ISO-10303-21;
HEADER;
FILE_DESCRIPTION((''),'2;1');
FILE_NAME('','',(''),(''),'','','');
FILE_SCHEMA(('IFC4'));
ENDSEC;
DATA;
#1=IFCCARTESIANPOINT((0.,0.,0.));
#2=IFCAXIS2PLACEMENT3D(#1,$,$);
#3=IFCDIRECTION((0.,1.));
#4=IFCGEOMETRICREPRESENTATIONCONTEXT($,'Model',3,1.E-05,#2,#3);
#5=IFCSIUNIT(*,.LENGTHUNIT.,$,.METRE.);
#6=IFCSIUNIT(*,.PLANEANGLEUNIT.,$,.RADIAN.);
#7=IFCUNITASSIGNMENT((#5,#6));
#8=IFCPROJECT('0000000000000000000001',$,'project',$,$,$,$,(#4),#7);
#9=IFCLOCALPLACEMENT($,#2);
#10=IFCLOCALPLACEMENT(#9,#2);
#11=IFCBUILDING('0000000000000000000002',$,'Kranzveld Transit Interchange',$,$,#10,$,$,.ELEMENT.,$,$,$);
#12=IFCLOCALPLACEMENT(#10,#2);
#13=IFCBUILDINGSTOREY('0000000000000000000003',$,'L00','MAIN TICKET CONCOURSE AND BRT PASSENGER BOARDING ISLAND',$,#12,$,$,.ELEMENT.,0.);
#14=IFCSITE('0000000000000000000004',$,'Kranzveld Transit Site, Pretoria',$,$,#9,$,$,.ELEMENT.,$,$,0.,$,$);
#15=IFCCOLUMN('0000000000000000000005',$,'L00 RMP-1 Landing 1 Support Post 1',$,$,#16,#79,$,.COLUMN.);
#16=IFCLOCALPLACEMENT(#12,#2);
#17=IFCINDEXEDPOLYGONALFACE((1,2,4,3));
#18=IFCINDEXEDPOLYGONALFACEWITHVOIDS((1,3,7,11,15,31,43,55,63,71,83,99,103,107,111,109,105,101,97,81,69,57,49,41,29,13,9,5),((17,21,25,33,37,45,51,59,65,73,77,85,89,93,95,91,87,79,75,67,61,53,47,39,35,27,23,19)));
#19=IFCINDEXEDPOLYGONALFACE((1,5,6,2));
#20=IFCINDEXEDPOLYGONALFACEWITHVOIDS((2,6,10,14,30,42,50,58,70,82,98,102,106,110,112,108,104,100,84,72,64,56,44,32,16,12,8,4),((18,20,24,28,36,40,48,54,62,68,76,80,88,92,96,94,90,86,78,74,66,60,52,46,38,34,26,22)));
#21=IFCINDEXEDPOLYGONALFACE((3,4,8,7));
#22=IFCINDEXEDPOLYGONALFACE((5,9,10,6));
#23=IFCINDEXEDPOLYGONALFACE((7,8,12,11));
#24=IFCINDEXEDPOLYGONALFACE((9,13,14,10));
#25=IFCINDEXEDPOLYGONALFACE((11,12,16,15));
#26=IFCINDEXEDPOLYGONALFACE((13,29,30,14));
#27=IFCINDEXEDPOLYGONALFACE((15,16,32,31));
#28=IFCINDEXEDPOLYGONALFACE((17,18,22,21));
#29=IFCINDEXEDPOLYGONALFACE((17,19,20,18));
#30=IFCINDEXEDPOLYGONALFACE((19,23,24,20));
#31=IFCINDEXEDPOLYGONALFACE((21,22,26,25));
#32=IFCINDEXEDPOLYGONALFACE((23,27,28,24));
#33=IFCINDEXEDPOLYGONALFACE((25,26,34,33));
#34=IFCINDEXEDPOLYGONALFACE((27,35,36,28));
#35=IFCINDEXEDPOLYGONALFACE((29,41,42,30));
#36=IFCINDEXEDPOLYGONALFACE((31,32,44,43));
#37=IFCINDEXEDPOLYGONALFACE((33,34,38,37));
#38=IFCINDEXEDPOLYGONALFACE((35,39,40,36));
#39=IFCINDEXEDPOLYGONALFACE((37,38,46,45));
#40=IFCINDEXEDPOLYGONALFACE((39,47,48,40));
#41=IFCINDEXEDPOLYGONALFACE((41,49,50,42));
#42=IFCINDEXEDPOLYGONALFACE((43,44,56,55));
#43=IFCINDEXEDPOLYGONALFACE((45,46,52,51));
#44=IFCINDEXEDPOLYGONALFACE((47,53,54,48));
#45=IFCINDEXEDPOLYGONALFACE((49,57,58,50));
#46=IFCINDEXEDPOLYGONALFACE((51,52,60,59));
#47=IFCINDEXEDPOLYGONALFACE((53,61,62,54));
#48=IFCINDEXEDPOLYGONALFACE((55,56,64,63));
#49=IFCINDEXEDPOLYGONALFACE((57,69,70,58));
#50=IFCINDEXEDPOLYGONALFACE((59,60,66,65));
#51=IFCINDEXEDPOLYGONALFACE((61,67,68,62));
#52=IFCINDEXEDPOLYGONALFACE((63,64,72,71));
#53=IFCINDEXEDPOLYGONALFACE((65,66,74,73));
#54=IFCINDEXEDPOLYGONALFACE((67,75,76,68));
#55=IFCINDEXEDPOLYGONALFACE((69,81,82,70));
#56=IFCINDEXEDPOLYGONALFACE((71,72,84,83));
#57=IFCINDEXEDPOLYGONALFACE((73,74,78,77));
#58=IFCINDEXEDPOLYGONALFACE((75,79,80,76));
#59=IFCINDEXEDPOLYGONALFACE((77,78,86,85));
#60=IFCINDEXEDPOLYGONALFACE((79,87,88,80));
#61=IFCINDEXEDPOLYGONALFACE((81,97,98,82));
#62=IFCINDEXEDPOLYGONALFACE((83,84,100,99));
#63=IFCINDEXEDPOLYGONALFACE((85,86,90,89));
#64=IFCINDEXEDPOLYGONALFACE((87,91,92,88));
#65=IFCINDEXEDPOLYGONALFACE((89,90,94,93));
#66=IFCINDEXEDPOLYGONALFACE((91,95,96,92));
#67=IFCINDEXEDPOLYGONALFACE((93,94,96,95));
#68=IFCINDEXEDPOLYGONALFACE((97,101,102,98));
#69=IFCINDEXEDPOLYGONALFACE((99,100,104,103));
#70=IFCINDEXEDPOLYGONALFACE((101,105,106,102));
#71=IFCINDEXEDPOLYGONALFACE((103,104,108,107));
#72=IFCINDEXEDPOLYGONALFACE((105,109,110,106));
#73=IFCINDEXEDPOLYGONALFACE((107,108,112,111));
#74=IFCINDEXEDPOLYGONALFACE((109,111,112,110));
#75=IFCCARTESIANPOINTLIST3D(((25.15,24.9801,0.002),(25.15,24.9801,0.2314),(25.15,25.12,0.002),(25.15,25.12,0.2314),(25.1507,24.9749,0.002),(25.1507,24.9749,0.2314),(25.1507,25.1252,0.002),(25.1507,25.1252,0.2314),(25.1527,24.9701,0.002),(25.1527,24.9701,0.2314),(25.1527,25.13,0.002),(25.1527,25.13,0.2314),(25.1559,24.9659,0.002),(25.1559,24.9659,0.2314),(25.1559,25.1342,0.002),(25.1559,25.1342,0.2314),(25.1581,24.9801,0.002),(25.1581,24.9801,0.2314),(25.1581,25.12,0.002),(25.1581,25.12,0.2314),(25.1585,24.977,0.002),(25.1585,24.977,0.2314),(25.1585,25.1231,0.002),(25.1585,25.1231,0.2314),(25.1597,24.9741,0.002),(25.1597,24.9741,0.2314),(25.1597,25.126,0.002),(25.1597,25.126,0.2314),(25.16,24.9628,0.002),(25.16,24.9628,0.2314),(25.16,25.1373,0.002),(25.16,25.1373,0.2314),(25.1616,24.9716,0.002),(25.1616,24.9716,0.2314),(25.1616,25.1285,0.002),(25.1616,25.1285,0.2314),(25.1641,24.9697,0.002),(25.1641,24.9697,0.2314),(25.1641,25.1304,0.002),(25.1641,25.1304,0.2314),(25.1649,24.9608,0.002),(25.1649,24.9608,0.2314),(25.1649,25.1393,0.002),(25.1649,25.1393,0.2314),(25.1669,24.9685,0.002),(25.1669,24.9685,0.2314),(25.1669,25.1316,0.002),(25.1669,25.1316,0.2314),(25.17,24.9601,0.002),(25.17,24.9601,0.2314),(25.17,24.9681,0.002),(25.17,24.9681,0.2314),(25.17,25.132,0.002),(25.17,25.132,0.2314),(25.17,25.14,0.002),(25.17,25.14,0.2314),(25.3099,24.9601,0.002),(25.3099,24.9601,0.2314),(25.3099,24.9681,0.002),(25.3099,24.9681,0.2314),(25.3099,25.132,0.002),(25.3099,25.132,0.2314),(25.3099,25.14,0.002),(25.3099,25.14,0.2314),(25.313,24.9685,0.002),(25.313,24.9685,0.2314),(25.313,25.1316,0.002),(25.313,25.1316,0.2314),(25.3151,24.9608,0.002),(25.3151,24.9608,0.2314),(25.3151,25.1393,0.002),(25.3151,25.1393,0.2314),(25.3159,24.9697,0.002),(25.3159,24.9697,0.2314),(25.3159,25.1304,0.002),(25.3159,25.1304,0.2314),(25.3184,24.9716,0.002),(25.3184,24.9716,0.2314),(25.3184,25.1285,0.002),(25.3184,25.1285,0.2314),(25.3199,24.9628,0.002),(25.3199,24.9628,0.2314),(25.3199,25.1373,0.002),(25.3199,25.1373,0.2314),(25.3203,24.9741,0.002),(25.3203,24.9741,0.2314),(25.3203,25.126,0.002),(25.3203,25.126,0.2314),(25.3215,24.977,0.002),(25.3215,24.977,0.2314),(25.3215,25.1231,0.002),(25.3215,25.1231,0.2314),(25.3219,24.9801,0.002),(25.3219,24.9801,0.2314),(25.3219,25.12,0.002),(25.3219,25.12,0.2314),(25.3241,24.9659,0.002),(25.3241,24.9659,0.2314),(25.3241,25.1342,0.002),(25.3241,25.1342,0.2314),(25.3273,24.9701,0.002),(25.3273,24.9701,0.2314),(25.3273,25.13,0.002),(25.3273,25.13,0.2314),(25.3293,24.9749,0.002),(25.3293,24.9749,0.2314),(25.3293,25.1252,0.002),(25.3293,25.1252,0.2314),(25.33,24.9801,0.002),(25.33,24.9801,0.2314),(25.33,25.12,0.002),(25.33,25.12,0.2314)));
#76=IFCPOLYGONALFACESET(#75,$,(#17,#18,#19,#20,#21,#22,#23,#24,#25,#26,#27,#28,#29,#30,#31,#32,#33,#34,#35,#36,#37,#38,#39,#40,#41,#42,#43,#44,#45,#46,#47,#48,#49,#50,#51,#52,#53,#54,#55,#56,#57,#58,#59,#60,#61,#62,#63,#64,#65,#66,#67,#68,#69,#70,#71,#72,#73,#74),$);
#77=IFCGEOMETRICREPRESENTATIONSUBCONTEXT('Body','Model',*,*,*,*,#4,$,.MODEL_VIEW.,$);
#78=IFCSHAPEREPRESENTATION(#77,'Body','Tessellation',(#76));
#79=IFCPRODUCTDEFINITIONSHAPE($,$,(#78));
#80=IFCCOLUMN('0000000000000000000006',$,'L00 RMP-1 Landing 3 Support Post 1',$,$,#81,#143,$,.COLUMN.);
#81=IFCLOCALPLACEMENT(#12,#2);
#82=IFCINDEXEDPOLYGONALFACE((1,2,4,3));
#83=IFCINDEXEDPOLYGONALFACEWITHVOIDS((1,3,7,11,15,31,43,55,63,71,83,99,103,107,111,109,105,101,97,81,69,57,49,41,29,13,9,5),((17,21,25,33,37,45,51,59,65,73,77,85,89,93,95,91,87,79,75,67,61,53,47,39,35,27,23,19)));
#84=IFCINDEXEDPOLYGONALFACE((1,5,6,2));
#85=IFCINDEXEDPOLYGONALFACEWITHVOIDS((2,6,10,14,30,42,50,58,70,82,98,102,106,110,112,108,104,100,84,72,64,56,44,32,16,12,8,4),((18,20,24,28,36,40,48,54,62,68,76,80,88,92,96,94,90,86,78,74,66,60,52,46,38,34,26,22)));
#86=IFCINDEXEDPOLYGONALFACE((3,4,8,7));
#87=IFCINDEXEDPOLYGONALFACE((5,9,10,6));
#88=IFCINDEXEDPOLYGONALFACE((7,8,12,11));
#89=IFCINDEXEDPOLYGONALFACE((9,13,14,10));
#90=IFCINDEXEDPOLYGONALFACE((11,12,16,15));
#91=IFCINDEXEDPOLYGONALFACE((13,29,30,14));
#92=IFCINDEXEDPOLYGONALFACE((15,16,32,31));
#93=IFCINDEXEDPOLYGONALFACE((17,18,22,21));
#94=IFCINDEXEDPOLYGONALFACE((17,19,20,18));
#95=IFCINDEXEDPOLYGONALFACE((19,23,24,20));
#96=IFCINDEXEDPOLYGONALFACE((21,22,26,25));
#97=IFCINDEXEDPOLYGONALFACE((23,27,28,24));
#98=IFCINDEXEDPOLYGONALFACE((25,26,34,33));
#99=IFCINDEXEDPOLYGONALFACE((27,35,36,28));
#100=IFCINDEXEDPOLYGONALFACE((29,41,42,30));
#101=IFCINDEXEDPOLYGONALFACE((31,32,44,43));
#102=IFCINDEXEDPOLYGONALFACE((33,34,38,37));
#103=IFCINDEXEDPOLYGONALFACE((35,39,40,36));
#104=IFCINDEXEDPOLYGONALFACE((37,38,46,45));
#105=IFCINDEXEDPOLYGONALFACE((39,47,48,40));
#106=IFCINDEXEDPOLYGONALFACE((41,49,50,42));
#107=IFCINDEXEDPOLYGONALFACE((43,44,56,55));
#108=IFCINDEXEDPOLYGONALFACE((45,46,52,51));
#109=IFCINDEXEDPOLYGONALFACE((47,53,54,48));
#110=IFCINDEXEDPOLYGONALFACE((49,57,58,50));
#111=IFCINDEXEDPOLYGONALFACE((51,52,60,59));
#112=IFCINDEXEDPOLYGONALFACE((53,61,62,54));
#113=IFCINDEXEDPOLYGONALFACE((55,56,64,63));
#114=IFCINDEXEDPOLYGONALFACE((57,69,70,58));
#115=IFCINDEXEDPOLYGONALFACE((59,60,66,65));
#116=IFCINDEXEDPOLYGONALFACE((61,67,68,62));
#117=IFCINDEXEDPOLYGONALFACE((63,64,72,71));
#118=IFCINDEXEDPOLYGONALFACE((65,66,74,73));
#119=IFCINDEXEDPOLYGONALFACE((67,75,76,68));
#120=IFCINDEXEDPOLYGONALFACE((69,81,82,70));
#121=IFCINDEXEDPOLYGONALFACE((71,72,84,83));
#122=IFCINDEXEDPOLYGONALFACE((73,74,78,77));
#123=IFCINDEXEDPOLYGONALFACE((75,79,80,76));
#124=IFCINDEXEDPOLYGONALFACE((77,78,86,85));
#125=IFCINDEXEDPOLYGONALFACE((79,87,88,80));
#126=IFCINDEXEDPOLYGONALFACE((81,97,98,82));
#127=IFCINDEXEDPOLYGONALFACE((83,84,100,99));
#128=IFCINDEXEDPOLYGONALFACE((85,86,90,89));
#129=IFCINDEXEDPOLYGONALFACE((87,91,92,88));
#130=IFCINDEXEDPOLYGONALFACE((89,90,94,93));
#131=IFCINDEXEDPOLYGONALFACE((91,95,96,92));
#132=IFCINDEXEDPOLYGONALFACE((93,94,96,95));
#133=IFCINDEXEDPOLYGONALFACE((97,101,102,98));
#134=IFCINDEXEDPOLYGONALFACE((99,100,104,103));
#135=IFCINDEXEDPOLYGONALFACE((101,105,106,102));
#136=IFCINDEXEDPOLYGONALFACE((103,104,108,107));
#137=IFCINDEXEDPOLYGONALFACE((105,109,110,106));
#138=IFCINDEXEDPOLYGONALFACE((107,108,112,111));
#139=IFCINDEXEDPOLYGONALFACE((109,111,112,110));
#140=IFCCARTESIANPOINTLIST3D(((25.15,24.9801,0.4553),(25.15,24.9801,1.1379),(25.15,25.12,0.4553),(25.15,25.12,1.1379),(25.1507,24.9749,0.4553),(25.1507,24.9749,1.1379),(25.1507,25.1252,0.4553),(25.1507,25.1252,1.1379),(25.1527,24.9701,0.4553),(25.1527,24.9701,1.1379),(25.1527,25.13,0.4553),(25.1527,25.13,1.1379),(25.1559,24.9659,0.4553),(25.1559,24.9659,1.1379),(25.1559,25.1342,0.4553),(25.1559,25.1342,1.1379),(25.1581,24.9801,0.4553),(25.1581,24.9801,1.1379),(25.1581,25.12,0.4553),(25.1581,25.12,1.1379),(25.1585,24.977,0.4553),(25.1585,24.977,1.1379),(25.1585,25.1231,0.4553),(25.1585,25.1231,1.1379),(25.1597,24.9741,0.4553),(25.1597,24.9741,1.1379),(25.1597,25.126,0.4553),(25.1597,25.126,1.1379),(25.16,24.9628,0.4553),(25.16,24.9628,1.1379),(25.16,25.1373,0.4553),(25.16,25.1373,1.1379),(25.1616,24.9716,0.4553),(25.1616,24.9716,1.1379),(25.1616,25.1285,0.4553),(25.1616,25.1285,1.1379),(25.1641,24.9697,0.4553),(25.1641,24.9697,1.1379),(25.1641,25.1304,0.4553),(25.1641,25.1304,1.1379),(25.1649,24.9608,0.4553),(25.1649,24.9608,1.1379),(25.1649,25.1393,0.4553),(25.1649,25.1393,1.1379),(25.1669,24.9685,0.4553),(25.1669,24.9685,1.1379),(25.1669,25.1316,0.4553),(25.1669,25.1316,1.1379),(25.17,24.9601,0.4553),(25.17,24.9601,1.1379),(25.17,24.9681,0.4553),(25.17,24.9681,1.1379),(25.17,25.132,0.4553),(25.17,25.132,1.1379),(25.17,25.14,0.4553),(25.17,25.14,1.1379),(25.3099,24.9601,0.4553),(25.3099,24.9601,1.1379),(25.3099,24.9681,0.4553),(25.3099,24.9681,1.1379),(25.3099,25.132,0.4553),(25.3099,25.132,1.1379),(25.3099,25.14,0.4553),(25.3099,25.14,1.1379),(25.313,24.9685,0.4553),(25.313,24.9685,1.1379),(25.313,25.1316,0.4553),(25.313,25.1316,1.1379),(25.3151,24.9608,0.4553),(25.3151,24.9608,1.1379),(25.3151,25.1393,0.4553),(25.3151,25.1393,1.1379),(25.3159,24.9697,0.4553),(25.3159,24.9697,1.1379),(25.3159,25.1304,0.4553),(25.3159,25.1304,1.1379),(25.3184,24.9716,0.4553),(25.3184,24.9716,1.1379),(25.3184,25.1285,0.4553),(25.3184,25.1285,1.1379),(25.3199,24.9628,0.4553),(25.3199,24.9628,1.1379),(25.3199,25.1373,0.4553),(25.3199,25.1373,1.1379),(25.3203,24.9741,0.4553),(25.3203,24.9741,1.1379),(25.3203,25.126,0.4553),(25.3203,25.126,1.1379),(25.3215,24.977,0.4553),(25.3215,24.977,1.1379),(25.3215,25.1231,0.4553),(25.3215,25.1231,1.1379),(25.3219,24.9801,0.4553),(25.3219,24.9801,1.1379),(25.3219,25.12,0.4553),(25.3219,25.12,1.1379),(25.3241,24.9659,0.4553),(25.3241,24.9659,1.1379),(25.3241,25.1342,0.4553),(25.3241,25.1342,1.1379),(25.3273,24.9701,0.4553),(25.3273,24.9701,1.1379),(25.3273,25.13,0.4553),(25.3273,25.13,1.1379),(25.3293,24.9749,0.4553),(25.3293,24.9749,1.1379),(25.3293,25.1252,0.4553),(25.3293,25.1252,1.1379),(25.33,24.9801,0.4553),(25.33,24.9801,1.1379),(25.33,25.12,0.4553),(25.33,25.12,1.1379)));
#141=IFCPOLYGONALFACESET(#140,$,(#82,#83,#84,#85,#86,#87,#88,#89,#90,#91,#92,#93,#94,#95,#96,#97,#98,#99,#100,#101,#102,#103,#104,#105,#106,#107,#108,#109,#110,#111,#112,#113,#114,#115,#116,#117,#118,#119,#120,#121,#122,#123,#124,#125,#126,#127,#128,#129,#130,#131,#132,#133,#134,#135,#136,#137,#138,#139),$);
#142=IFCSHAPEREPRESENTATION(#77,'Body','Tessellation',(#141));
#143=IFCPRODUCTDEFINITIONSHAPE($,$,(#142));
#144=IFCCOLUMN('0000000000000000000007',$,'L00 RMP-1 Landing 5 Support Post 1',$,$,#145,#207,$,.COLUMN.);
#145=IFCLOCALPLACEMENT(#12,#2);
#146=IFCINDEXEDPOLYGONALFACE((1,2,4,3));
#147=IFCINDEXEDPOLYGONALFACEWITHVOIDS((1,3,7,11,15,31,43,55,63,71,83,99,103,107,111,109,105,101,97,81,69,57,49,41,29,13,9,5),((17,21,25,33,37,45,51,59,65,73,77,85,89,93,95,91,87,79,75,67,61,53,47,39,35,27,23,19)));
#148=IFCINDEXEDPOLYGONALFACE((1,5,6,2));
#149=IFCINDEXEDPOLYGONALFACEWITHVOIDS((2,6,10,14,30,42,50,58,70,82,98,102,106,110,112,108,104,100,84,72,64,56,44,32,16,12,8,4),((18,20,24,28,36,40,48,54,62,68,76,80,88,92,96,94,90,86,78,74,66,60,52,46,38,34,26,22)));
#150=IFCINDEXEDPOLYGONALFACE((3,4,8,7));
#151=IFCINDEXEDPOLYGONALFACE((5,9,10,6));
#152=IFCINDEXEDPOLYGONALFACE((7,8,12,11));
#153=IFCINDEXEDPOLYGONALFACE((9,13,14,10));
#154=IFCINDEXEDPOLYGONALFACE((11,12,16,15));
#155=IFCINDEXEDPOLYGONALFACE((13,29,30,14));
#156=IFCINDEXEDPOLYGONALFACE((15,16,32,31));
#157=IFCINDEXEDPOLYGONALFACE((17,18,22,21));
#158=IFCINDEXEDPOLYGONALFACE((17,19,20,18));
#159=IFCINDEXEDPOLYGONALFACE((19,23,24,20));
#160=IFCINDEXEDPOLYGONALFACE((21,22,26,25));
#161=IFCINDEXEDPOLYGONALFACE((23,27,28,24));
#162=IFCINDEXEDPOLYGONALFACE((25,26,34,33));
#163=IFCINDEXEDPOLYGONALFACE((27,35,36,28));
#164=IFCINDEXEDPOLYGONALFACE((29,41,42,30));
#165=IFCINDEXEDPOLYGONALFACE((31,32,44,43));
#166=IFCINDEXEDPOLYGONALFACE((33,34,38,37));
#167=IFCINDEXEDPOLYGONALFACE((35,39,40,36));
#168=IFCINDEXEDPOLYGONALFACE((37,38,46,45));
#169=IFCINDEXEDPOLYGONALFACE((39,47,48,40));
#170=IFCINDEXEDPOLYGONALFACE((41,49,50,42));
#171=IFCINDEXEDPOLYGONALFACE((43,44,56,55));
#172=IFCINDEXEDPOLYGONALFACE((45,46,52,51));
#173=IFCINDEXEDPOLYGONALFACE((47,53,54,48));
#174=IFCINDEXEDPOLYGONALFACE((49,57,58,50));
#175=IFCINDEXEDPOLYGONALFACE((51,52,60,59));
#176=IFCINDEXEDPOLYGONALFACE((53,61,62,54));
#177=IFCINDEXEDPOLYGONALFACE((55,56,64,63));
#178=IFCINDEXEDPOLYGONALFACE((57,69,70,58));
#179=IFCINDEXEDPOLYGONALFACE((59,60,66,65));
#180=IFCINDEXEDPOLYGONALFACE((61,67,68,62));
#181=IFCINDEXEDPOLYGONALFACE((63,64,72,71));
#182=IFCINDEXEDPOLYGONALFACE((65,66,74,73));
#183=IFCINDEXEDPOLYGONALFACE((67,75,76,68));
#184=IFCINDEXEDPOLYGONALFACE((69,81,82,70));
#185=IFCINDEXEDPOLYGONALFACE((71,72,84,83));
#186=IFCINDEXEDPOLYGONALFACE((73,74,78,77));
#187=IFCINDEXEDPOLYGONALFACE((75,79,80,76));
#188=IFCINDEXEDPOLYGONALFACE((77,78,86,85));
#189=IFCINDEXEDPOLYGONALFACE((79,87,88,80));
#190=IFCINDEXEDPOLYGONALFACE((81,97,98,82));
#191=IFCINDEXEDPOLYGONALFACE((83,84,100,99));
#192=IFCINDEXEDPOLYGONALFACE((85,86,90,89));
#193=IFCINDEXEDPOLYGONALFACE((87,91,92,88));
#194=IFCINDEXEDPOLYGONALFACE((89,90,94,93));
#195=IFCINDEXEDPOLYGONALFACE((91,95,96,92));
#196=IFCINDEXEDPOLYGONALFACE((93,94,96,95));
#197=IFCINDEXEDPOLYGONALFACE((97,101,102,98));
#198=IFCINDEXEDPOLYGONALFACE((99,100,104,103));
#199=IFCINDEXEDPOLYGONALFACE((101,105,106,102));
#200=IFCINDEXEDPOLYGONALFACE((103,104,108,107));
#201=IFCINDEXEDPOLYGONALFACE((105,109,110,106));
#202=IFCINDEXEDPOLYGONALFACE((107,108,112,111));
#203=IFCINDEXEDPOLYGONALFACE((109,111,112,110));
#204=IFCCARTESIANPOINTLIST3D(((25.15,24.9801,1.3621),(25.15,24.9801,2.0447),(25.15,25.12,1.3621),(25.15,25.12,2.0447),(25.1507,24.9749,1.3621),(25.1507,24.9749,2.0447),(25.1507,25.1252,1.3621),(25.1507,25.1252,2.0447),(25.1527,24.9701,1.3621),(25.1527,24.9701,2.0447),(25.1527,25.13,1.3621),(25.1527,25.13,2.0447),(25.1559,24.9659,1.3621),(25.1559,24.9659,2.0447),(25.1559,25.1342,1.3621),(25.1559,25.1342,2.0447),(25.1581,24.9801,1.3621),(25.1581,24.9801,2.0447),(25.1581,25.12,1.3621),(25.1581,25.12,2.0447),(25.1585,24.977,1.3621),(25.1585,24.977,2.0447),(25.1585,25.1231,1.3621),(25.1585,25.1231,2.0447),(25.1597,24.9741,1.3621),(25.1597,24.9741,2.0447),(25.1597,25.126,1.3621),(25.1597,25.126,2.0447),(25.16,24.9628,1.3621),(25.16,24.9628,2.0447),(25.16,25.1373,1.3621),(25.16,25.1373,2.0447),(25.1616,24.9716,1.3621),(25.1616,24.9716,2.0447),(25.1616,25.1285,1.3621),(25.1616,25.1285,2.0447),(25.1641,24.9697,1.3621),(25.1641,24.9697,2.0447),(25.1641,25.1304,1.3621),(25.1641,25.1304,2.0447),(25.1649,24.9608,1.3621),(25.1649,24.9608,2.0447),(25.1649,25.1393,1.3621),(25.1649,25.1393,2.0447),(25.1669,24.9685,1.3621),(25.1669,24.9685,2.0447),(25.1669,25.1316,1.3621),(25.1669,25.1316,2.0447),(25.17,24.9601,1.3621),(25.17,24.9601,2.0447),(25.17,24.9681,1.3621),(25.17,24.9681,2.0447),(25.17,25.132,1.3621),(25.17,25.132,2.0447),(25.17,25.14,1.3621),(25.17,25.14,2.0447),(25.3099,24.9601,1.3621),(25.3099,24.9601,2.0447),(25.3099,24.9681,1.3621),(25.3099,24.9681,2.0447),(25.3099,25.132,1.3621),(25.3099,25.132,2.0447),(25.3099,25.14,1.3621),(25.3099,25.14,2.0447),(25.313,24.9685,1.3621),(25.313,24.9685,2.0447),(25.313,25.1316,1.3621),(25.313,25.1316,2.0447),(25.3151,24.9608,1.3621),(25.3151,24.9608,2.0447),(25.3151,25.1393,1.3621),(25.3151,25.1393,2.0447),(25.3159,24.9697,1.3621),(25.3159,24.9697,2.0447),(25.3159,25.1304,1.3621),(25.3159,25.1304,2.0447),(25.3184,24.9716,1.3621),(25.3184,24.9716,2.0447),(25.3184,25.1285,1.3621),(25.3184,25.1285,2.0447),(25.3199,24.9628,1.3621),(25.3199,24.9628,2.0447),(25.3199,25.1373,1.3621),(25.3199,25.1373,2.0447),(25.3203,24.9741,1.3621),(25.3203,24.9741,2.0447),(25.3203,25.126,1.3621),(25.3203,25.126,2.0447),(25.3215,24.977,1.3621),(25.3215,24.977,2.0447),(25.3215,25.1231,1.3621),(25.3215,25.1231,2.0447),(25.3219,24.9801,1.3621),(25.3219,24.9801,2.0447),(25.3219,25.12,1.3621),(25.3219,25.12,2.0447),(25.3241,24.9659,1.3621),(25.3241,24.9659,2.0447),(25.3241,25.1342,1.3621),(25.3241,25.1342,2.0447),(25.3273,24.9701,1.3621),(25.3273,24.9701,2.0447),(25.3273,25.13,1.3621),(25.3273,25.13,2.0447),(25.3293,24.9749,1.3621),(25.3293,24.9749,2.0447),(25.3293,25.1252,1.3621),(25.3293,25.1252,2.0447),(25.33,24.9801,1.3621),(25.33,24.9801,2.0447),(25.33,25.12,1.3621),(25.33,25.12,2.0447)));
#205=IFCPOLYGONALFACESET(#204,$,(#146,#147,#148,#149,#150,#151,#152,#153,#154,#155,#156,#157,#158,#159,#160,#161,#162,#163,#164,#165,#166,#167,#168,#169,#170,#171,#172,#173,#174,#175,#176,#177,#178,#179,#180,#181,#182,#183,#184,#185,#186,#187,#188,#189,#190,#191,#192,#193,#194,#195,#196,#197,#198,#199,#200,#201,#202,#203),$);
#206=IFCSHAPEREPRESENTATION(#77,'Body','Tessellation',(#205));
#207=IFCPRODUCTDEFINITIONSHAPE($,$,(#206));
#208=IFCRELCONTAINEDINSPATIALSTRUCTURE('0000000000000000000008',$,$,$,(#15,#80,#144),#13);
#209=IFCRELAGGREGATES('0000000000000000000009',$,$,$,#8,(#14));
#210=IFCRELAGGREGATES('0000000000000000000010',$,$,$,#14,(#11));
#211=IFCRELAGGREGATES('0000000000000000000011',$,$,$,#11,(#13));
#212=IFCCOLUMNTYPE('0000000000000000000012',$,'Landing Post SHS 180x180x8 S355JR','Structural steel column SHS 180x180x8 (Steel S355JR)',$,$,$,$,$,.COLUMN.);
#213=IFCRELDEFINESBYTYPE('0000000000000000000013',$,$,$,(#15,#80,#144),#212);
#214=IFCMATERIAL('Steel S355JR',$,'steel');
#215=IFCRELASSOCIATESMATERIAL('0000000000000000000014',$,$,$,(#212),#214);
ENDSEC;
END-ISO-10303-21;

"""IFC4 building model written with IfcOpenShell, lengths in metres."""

from ifc_helpers import new_model, si_unit, direction, frame, origin, origin_2d, place, context, subcontext, project, spatial, hollow_rectangle, extrude, material, material_profile, profile_set, type_object, element, save


model = new_model("IFC4")

# Units and contexts
model_context = context("Model", 3, precision=1e-05, world=origin(), true_north=direction((0.0, 1.0)))
body_context = subcontext(model_context, "Body", "Model", "MODEL_VIEW")
ifc_project = project(units=[si_unit("LENGTHUNIT", "METRE"), si_unit("PLANEANGLEUNIT", "RADIAN")], contexts=[model_context])

# Site, building, storey
site_placement = place(None, origin())
site = spatial("IfcSite", under=ifc_project, at=site_placement, Name="Kranzveld Transit Site, Pretoria", CompositionType="ELEMENT", RefElevation=0.0)
building_placement = place(site_placement, origin())
building = spatial("IfcBuilding", under=site, at=building_placement, Name="Kranzveld Transit Interchange", CompositionType="ELEMENT")
storey_placement = place(building_placement, origin())
storey = spatial("IfcBuildingStorey", under=building, at=storey_placement, Name="L00", Description="MAIN TICKET CONCOURSE AND BRT PASSENGER BOARDING ISLAND", CompositionType="ELEMENT", Elevation=0.0)

# Columns
ifc_material_1 = material(Name="Steel S355JR", Category="steel")
ifc_material_profile = material_profile(ifc_material_1, hollow_rectangle(XDim=0.1799, YDim=0.1799, WallThickness=0.0081, InnerFilletRadius=0.012, OuterFilletRadius=0.02, at=origin_2d()), Name="SHS 180x180x8")
ifc_profile_set = profile_set([ifc_material_profile], Name="Steel S355JR")
column_type = type_object("IfcColumnType", Name="Landing Post SHS 180x180x8 S355JR", Description="Structural steel column SHS 180x180x8 (Steel S355JR)", PredefinedType="COLUMN", material=ifc_profile_set)
column_1_placement = place(storey_placement, frame((25.24, 25.05, 0.002), z_axis=(0.0, 0.0, 1.0), x_axis=(1.0, 0.0, 0.0)))
element("IfcColumn", 1, at=column_1_placement, inside=storey, type_object=column_type, Name="L00 RMP-1 Landing 1 Support Post 1", PredefinedType="COLUMN", context=body_context, shape_type="SweptSolid", body=[
    extrude(hollow_rectangle(XDim=0.1799, YDim=0.1799, WallThickness=0.0081, InnerFilletRadius=0.012, OuterFilletRadius=0.02, at=origin_2d()), origin(), (0.0, 0.0, 1.0), 0.2295),
])
for number, where, z_axis, x_axis, name in (
    (2, (25.24, 25.05, 0.4553), (0.0, 0.0, 1.0), (1.0, 0.0, 0.0), "L00 RMP-1 Landing 3 Support Post 1"),
    (3, (25.24, 25.05, 1.3621), (0.0, 0.0, 1.0), (1.0, 0.0, 0.0), "L00 RMP-1 Landing 5 Support Post 1"),
):
    element("IfcColumn", number, at=place(storey_placement, frame(where, z_axis=z_axis, x_axis=x_axis)), inside=storey, type_object=column_type, Name=name, PredefinedType="COLUMN", context=body_context, shape_type="SweptSolid", body=[
        extrude(hollow_rectangle(XDim=0.1799, YDim=0.1799, WallThickness=0.0081, InnerFilletRadius=0.012, OuterFilletRadius=0.02, at=origin_2d()), origin(), (0.0, 0.0, 1.0), 0.6826),
    ])

save(model, "model.ifc")
